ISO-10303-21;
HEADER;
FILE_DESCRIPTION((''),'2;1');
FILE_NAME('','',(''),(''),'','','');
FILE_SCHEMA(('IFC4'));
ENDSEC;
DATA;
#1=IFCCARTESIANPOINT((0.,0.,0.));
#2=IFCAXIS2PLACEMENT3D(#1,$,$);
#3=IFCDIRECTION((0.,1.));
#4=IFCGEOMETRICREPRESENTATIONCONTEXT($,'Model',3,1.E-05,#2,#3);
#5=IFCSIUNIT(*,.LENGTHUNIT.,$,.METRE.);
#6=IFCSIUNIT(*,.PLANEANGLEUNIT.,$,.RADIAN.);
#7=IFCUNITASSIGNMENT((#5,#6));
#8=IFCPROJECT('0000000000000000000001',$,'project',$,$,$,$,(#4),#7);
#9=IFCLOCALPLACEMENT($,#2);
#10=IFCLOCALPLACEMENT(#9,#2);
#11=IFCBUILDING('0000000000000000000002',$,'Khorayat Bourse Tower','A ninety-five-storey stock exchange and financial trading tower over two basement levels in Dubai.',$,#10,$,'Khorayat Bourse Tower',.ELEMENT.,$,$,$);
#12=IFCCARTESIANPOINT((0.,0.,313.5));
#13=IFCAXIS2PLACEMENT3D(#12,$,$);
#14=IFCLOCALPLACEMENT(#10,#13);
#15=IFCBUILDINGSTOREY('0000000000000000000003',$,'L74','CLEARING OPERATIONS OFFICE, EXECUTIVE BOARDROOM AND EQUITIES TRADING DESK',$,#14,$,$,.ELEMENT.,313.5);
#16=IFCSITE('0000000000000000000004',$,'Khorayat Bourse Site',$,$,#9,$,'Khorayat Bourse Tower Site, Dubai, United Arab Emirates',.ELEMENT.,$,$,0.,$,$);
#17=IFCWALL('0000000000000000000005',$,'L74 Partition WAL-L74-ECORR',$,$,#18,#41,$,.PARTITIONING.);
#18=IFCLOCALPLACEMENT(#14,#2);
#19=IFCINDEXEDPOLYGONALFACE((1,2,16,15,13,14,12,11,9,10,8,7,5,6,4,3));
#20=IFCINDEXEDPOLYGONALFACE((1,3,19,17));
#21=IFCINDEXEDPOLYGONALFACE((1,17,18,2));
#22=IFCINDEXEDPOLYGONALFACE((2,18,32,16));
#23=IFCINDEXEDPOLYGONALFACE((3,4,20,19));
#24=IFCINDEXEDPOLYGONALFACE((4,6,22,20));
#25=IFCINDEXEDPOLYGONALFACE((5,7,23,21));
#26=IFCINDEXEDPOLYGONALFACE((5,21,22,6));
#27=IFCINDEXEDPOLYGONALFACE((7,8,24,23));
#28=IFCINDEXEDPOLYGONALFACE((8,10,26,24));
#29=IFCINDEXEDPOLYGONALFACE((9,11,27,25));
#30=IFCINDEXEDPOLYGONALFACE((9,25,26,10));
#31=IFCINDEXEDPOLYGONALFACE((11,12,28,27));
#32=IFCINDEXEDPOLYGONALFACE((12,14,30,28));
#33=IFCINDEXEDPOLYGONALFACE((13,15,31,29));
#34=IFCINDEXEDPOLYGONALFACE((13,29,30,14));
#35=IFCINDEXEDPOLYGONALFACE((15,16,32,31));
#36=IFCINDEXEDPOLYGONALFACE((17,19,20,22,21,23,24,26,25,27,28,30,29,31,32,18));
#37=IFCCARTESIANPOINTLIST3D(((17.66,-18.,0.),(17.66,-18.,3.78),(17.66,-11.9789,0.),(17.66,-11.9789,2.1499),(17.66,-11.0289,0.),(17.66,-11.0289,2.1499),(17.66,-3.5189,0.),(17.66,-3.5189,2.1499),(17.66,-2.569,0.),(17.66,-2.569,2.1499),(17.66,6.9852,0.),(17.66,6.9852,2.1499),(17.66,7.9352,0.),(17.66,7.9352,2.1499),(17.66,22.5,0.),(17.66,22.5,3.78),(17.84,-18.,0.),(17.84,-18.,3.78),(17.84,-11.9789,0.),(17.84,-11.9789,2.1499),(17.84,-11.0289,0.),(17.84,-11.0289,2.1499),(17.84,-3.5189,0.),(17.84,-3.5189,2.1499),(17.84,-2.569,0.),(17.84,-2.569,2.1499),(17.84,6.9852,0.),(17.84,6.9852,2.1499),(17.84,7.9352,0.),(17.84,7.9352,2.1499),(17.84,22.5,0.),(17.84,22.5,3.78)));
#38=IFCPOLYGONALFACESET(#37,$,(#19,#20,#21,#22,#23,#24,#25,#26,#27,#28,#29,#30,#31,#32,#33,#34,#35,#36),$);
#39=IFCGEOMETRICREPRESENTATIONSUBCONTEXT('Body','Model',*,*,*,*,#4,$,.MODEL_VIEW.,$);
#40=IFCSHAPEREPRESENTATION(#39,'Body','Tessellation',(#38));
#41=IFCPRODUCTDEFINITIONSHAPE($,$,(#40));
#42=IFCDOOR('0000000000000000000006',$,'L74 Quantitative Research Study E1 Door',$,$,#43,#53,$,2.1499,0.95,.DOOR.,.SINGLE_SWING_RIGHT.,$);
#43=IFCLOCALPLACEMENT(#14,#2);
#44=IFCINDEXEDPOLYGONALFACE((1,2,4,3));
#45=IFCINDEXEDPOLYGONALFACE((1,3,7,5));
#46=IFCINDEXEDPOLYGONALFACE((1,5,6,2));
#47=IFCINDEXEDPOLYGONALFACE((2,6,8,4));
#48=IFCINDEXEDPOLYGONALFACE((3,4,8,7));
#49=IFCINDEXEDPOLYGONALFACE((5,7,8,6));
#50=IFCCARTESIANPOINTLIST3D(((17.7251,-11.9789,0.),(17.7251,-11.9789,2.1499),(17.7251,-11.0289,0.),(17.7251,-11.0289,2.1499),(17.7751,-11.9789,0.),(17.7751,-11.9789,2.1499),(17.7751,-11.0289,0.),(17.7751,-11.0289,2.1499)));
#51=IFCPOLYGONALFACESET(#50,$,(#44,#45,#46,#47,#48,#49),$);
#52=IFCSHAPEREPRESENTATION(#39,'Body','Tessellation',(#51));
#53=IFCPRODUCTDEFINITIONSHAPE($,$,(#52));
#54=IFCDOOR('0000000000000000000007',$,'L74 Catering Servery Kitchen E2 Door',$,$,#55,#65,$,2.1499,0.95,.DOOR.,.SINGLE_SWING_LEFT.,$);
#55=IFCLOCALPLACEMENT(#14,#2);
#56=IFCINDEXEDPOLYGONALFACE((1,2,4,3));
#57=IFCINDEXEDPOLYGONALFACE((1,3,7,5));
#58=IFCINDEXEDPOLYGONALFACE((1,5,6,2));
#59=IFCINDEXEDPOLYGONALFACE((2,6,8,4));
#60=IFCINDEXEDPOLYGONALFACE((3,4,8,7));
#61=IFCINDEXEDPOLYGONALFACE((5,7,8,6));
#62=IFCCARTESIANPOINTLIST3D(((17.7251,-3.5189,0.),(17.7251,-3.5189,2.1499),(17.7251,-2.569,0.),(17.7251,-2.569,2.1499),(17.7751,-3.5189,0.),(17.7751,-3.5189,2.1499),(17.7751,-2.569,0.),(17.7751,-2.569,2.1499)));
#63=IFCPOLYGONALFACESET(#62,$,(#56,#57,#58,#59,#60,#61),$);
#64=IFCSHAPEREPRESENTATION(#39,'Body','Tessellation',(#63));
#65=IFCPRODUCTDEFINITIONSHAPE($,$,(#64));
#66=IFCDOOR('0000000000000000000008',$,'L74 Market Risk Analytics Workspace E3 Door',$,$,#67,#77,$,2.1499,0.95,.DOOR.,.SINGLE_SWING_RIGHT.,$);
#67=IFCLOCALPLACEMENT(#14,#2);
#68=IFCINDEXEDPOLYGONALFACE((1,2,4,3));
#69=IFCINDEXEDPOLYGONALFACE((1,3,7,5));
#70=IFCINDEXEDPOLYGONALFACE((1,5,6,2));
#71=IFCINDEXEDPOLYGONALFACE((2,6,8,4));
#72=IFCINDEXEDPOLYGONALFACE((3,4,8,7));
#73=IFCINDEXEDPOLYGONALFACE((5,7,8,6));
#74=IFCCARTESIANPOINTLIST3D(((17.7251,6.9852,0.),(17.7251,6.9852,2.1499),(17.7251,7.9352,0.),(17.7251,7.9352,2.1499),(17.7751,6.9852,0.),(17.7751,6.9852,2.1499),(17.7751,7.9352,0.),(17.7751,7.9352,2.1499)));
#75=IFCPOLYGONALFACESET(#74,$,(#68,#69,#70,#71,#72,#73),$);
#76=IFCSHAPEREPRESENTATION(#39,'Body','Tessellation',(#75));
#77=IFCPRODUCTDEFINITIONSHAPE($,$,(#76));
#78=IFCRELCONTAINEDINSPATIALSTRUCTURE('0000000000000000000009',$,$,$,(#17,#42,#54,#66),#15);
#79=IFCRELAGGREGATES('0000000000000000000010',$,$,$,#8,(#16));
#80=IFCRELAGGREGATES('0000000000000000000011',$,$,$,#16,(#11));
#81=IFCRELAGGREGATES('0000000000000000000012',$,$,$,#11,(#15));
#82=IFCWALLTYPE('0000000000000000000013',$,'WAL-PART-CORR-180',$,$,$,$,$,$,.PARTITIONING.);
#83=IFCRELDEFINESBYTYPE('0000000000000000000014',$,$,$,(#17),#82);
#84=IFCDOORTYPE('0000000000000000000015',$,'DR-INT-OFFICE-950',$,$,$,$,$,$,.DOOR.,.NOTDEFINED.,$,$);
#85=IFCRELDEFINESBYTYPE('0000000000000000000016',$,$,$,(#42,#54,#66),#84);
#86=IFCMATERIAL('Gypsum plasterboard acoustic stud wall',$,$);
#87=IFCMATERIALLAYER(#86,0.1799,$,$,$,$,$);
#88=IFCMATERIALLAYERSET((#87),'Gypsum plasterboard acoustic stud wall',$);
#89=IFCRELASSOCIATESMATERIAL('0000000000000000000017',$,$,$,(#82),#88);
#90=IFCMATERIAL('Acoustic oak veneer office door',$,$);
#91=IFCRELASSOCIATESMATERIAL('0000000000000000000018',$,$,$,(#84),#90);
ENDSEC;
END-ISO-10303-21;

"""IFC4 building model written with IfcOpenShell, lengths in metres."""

from ifc_helpers import new_model, si_unit, direction, frame, frame_2d, origin, place, context, subcontext, project, spatial, rectangle, extrude, source, transform, mapped, material, layer, layer_set, type_object, element, fill, save


model = new_model("IFC4")

# Units and contexts
model_context = context("Model", 3, precision=1e-05, world=origin(), true_north=direction((0.0, 1.0)))
body_context = subcontext(model_context, "Body", "Model", "MODEL_VIEW")
ifc_project = project(units=[si_unit("LENGTHUNIT", "METRE"), si_unit("PLANEANGLEUNIT", "RADIAN")], contexts=[model_context])

# Site, building, storey
site_placement = place(None, origin())
site = spatial("IfcSite", under=ifc_project, at=site_placement, Name="Khorayat Bourse Site", LongName="Khorayat Bourse Tower Site, Dubai, United Arab Emirates", CompositionType="ELEMENT", RefElevation=0.0)
building_placement = place(site_placement, origin())
building = spatial("IfcBuilding", under=site, at=building_placement, Name="Khorayat Bourse Tower", Description="A ninety-five-storey stock exchange and financial trading tower over two basement levels in Dubai.", LongName="Khorayat Bourse Tower", CompositionType="ELEMENT")
storey_placement = place(building_placement, frame((0.0, 0.0, 313.5)))
storey = spatial("IfcBuildingStorey", under=building, at=storey_placement, Name="L74", Description="CLEARING OPERATIONS OFFICE, EXECUTIVE BOARDROOM AND EQUITIES TRADING DESK", CompositionType="ELEMENT", Elevation=313.5)

# Shared definitions
ifc_material_1 = material(Name="Gypsum plasterboard acoustic stud wall")
ifc_layer_1 = layer(ifc_material_1, 0.1799)
ifc_layer_set_1 = layer_set([ifc_layer_1], Name="Gypsum plasterboard acoustic stud wall")
wall_type_1 = type_object("IfcWallType", Name="WAL-PART-CORR-180", PredefinedType="PARTITIONING", material=ifc_layer_set_1)

# Wall, openings, doors
shared_shape_1 = source(origin(), body_context, "Body", "SweptSolid", [
    extrude(rectangle(XDim=40.5, YDim=0.1799, at=frame_2d((20.25, 0.0))), origin(), (0.0, 0.0, 1.0), 3.78),
])
wall_1_placement = place(storey_placement, frame((17.75, -18.0, 0.0), z_axis=(0.0, 0.0, 1.0), x_axis=(0.0, 1.0, 0.0)))
wall_1 = element("IfcWall", 1, at=wall_1_placement, inside=storey, type_object=wall_type_1, Name="L74 Partition WAL-L74-ECORR", PredefinedType="PARTITIONING", context=body_context, shape_type="MappedRepresentation", body=[
    mapped(shared_shape_1, transform((0.0, 0.0, 0.0), scale=1.0)),
])
shared_shape_2 = source(origin(), body_context, "Body", "SweptSolid", [
    extrude(rectangle(XDim=0.95, YDim=2.1499, at=frame_2d((0.4751, 1.075))), frame((0.0, 0.0999, 0.0), z_axis=(0.0, -1.0, 0.0), x_axis=(1.0, 0.0, 0.0)), (0.0, 0.0, 1.0), 0.2),
])
opening_1_placement = place(wall_1_placement, frame((6.021, 0.0, 0.0)))
opening_1 = element("IfcOpeningElement", 2, at=opening_1_placement, cuts=wall_1, PredefinedType="OPENING", context=body_context, shape_type="MappedRepresentation", body=[
    mapped(shared_shape_2, transform((0.0, 0.0, 0.0), scale=1.0)),
])
opening_2_placement = place(wall_1_placement, frame((14.481, 0.0, 0.0)))
opening_2 = element("IfcOpeningElement", 3, at=opening_2_placement, cuts=wall_1, PredefinedType="OPENING", context=body_context, shape_type="MappedRepresentation", body=[
    mapped(shared_shape_2, transform((0.0, 0.0, 0.0), scale=1.0)),
])
opening_3_placement = place(wall_1_placement, frame((24.9851, 0.0, 0.0)))
opening_3 = element("IfcOpeningElement", 4, at=opening_3_placement, cuts=wall_1, PredefinedType="OPENING", context=body_context, shape_type="MappedRepresentation", body=[
    mapped(shared_shape_2, transform((0.0, 0.0, 0.0), scale=1.0)),
])
ifc_material_2 = material(Name="Acoustic oak veneer office door")
door_type_1 = type_object("IfcDoorType", Name="DR-INT-OFFICE-950", OperationType="NOTDEFINED", PredefinedType="DOOR", material=ifc_material_2)
shared_shape_3 = source(origin(), body_context, "Body", "SweptSolid", [
    extrude(rectangle(XDim=0.95, YDim=2.1499, at=frame_2d((0.4751, 1.075))), frame((0.0, 0.0249, 0.0), z_axis=(0.0, -1.0, 0.0), x_axis=(1.0, 0.0, 0.0)), (0.0, 0.0, 1.0), 0.05),
])
door_1_placement = place(opening_1_placement, origin())
door_1 = element("IfcDoor", 5, at=door_1_placement, inside=storey, type_object=door_type_1, Name="L74 Quantitative Research Study E1 Door", OperationType="SINGLE_SWING_RIGHT", OverallHeight=2.1499, OverallWidth=0.95, PredefinedType="DOOR", context=body_context, shape_type="MappedRepresentation", body=[
    mapped(shared_shape_3, transform((0.0, 0.0, 0.0), scale=1.0)),
])
fill(opening_1, door_1)
door_2_placement = place(opening_2_placement, origin())
door_2 = element("IfcDoor", 6, at=door_2_placement, inside=storey, type_object=door_type_1, Name="L74 Catering Servery Kitchen E2 Door", OperationType="SINGLE_SWING_LEFT", OverallHeight=2.1499, OverallWidth=0.95, PredefinedType="DOOR", context=body_context, shape_type="MappedRepresentation", body=[
    mapped(shared_shape_3, transform((0.0, 0.0, 0.0), scale=1.0)),
])
fill(opening_2, door_2)
door_3_placement = place(opening_3_placement, origin())
door_3 = element("IfcDoor", 7, at=door_3_placement, inside=storey, type_object=door_type_1, Name="L74 Market Risk Analytics Workspace E3 Door", OperationType="SINGLE_SWING_RIGHT", OverallHeight=2.1499, OverallWidth=0.95, PredefinedType="DOOR", context=body_context, shape_type="MappedRepresentation", body=[
    mapped(shared_shape_3, transform((0.0, 0.0, 0.0), scale=1.0)),
])
fill(opening_3, door_3)

save(model, "model.ifc")
